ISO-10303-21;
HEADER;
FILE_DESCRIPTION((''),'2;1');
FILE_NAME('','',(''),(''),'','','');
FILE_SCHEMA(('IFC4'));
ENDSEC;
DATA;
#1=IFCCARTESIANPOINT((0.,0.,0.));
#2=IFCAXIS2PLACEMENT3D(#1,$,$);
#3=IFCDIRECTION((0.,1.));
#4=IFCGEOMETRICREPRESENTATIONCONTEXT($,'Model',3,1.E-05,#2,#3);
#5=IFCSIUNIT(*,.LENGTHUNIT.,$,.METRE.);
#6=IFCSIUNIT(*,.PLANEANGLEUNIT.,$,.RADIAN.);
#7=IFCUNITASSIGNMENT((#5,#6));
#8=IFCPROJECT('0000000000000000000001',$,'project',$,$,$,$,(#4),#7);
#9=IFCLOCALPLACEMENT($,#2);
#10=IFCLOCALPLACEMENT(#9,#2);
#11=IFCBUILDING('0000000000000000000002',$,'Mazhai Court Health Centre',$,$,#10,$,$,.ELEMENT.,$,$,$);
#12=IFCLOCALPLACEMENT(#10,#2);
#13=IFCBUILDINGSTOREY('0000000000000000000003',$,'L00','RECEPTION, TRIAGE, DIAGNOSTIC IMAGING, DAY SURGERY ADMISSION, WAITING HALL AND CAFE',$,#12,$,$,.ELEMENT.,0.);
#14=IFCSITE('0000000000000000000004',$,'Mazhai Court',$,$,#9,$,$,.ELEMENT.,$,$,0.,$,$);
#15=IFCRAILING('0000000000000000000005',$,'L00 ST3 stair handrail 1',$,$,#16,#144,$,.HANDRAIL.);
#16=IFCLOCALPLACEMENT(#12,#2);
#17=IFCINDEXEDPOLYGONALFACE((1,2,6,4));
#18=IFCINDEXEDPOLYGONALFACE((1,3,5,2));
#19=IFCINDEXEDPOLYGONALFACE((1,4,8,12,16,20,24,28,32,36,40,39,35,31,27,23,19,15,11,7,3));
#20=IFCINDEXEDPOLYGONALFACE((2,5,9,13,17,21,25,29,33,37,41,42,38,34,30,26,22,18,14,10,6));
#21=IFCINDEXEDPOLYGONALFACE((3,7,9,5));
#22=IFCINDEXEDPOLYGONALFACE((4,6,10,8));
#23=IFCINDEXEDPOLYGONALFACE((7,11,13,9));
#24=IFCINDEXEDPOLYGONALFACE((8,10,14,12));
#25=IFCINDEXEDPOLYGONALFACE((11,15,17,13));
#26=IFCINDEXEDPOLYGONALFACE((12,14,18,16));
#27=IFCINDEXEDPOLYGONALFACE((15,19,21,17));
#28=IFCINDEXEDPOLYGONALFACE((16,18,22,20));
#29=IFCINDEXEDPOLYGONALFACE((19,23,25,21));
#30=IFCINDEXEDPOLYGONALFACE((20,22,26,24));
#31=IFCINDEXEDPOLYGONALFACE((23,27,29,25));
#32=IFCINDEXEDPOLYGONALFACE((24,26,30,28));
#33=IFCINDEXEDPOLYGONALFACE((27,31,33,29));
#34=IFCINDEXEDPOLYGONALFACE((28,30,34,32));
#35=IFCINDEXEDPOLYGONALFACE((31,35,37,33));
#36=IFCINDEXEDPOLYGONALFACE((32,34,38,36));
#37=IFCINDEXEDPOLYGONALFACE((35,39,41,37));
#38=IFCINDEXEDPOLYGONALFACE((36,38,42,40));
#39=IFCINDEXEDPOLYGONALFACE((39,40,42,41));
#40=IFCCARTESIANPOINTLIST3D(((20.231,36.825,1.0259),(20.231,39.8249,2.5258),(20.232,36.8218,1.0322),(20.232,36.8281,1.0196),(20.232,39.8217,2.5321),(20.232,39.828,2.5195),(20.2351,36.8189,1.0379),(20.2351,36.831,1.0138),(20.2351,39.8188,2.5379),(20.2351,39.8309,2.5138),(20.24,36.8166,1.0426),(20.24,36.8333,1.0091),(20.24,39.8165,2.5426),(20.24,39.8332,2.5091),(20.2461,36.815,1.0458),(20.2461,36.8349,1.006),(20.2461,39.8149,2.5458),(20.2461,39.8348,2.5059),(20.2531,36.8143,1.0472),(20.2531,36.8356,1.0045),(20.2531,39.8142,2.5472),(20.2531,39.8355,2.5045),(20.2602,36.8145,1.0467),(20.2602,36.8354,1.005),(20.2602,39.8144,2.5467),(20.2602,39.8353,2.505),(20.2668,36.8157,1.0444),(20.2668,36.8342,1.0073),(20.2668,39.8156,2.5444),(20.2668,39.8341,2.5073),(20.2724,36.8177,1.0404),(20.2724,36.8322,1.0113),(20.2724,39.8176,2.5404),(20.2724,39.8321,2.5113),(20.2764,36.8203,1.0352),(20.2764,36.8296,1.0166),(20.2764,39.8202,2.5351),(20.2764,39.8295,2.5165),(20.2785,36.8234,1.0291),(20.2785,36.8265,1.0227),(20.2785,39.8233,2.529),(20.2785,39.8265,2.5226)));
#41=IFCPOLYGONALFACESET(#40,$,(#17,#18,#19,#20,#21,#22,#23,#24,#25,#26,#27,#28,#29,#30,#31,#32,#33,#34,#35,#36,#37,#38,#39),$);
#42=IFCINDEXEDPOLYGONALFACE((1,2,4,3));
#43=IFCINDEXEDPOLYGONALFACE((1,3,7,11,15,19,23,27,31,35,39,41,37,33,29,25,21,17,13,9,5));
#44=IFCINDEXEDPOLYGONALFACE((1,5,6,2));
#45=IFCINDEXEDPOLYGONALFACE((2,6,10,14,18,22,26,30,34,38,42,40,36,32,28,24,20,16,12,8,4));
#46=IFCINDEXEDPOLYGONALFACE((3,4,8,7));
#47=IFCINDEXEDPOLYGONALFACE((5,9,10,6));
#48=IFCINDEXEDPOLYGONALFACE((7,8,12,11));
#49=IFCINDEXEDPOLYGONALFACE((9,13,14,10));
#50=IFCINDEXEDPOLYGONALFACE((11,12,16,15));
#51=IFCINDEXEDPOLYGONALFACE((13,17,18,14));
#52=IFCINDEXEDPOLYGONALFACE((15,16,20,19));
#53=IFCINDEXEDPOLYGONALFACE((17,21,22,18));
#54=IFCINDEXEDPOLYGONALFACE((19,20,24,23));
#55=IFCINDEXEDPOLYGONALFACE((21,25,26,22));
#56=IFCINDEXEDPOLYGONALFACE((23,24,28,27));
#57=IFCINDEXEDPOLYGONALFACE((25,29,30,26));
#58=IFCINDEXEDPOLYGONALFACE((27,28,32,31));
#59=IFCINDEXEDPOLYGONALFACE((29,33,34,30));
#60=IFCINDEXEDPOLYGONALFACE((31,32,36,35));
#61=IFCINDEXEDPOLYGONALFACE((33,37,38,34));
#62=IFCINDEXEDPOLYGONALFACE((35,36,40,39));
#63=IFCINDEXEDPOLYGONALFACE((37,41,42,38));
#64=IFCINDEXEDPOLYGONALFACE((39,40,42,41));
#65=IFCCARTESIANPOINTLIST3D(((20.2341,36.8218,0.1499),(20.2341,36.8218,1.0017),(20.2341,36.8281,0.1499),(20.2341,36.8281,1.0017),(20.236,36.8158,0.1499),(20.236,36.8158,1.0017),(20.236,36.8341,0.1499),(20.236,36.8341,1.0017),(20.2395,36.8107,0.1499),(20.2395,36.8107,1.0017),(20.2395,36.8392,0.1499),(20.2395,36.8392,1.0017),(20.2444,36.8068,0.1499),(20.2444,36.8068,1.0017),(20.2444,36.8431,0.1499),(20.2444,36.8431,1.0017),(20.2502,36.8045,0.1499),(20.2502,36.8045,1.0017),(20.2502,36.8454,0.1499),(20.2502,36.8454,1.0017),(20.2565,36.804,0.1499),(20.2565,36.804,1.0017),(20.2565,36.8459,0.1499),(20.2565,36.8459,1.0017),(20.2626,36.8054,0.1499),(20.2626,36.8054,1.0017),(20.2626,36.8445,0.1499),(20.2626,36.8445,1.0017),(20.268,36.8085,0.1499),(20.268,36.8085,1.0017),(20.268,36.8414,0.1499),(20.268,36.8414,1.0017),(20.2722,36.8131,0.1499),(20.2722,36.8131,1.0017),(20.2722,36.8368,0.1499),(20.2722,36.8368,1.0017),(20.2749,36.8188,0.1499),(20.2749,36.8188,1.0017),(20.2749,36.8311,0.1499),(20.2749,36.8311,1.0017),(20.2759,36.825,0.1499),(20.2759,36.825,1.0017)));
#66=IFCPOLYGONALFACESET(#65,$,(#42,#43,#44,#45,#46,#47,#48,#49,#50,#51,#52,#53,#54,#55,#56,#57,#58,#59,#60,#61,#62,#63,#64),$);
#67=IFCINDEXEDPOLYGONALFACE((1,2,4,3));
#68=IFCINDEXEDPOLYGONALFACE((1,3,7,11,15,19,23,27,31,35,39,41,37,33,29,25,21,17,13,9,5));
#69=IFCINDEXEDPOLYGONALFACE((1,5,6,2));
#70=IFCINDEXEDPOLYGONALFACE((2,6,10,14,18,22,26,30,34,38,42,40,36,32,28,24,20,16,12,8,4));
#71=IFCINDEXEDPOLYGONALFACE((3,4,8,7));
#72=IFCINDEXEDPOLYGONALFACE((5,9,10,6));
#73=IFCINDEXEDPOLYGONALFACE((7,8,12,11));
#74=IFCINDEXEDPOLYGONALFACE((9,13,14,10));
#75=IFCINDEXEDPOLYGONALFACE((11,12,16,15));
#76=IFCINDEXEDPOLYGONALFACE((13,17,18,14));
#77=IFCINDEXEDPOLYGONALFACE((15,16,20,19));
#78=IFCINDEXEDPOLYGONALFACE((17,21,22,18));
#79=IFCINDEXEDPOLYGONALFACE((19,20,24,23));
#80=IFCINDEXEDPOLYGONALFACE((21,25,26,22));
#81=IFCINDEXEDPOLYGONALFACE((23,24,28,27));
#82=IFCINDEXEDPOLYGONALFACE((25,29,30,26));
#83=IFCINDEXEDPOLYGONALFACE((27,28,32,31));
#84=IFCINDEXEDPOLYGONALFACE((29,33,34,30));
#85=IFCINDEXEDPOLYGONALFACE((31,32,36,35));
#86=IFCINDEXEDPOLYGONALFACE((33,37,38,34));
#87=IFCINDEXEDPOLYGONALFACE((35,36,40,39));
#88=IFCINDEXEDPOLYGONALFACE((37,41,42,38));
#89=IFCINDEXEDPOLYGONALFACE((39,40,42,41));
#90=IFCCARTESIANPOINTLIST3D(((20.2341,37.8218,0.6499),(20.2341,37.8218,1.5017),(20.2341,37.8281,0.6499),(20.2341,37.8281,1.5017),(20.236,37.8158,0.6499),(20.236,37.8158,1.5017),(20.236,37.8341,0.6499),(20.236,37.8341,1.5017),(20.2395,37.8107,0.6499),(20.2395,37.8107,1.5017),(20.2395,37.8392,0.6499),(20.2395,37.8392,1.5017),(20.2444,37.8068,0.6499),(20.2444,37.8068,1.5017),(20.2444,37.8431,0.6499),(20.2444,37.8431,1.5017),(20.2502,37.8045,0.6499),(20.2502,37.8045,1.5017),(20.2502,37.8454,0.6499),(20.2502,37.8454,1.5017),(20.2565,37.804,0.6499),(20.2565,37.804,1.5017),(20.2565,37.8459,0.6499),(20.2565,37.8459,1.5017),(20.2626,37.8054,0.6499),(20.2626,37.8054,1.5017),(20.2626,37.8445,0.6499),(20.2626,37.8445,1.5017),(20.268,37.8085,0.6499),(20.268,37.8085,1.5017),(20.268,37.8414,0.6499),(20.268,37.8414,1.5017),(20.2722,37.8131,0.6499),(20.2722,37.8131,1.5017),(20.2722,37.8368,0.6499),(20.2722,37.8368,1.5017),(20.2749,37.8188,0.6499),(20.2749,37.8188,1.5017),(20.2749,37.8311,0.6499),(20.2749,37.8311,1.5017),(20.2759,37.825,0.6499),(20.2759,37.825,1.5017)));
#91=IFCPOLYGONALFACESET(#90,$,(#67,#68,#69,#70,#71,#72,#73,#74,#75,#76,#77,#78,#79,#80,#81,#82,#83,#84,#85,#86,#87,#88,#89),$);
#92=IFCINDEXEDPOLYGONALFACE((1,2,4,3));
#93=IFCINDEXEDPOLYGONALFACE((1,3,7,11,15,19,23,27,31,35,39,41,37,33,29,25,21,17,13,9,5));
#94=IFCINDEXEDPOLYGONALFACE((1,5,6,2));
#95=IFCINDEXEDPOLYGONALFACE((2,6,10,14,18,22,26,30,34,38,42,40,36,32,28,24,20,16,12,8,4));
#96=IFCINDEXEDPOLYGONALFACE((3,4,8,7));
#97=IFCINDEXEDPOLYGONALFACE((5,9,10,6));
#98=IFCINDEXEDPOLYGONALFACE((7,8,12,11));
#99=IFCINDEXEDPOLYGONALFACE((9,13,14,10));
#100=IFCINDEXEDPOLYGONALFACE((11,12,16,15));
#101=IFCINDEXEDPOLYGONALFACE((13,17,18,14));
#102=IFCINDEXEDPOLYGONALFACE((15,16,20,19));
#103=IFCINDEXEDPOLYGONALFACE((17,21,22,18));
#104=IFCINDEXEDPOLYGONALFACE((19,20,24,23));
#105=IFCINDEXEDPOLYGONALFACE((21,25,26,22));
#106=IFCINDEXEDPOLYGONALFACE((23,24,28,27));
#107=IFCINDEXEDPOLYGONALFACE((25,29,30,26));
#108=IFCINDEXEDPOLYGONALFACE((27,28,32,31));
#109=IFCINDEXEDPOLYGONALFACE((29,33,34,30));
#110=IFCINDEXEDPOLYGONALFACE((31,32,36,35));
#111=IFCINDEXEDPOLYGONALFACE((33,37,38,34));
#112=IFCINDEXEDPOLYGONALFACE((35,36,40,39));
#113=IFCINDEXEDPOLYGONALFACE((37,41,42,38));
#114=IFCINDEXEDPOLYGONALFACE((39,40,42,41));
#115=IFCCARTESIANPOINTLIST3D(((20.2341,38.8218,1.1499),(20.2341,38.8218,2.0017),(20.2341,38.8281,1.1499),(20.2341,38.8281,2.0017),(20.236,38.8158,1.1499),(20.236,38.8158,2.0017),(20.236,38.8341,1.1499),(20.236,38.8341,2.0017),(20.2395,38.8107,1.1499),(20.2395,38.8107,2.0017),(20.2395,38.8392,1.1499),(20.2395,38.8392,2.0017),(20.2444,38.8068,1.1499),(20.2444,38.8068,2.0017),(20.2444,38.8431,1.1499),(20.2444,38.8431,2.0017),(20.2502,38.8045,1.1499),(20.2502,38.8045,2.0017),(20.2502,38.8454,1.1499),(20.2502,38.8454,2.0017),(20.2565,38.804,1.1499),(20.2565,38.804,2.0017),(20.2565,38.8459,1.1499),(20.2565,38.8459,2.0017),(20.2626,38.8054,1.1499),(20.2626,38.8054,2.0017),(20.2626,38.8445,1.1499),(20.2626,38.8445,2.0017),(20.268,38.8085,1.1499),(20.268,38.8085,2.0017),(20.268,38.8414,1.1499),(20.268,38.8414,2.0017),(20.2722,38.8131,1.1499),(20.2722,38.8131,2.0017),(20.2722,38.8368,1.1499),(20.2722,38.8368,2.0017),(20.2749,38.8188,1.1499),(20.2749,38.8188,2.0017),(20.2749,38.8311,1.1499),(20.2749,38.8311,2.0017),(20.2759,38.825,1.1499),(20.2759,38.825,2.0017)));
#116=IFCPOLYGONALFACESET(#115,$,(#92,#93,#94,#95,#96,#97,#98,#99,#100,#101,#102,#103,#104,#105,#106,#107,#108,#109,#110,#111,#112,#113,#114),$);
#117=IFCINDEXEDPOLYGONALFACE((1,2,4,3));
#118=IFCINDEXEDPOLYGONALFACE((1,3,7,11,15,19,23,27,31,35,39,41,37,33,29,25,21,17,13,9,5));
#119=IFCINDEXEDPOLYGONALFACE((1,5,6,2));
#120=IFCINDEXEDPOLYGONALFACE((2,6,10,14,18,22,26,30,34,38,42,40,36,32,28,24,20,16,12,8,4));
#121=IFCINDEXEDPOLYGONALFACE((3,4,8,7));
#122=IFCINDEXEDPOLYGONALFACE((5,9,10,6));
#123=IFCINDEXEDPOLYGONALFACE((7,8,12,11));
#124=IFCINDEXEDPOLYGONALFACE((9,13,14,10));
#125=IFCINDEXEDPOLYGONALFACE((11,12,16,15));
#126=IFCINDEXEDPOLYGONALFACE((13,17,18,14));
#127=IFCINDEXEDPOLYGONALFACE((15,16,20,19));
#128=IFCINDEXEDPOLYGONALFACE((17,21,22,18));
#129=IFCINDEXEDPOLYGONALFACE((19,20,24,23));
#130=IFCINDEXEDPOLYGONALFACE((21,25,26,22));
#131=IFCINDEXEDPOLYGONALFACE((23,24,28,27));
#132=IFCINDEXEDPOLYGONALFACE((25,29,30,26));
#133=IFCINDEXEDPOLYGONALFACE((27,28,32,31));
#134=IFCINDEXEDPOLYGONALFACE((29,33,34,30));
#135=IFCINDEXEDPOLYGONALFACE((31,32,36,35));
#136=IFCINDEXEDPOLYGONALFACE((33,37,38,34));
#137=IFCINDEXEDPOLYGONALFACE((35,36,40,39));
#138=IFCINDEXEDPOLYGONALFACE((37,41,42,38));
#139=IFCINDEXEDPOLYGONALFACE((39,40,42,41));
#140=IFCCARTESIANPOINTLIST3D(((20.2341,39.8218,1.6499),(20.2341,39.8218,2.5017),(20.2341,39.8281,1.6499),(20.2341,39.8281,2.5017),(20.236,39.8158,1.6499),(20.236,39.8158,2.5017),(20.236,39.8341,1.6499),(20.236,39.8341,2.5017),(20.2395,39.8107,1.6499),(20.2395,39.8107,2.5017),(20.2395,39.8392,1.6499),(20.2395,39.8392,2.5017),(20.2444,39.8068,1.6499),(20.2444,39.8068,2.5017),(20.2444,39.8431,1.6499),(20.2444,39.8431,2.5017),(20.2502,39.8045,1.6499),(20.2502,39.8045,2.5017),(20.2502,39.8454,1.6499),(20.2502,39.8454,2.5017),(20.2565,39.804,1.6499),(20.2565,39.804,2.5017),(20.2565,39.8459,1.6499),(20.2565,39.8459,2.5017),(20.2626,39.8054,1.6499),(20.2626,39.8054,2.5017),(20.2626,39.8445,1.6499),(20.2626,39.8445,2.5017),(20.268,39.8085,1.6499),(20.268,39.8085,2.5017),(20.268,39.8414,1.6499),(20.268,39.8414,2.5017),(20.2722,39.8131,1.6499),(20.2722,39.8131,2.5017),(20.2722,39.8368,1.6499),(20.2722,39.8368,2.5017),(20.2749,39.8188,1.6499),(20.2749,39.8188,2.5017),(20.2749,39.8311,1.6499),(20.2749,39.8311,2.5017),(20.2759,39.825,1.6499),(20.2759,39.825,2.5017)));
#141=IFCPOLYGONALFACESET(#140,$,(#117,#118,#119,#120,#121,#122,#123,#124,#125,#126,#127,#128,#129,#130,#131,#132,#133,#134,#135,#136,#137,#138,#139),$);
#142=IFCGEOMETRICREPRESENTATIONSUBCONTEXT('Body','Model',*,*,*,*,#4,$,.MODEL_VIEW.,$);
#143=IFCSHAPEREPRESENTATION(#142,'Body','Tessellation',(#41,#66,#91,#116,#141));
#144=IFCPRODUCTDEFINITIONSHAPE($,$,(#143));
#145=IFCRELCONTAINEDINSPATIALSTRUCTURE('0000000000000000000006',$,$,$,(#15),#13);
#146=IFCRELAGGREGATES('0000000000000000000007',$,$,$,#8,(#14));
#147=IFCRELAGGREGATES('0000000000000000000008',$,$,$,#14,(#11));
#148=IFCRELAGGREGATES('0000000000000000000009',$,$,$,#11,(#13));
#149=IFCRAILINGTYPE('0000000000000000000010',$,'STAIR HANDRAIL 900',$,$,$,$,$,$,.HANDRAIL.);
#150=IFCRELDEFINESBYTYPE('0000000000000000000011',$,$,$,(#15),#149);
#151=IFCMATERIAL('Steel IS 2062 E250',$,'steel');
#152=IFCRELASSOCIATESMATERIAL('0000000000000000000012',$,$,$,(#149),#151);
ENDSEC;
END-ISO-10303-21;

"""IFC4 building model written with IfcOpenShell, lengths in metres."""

from ifc_helpers import new_model, si_unit, direction, frame, origin, origin_2d, place, context, subcontext, project, spatial, circle, extrude, material, type_object, element, save


model = new_model("IFC4")

# Units and contexts
model_context = context("Model", 3, precision=1e-05, world=origin(), true_north=direction((0.0, 1.0)))
body_context = subcontext(model_context, "Body", "Model", "MODEL_VIEW")
ifc_project = project(units=[si_unit("LENGTHUNIT", "METRE"), si_unit("PLANEANGLEUNIT", "RADIAN")], contexts=[model_context])

# Site, building, storey
site_placement = place(None, origin())
site = spatial("IfcSite", under=ifc_project, at=site_placement, Name="Mazhai Court", CompositionType="ELEMENT", RefElevation=0.0)
building_placement = place(site_placement, origin())
building = spatial("IfcBuilding", under=site, at=building_placement, Name="Mazhai Court Health Centre", CompositionType="ELEMENT")
storey_placement = place(building_placement, origin())
storey = spatial("IfcBuildingStorey", under=building, at=storey_placement, Name="L00", Description="RECEPTION, TRIAGE, DIAGNOSTIC IMAGING, DAY SURGERY ADMISSION, WAITING HALL AND CAFE", CompositionType="ELEMENT", Elevation=0.0)

# Railing
ifc_material_1 = material(Name="Steel IS 2062 E250", Category="steel")
railing_type_1 = type_object("IfcRailingType", Name="STAIR HANDRAIL 900", PredefinedType="HANDRAIL", material=ifc_material_1)
railing_1_placement = place(storey_placement, frame((20.2549, 36.825, 0.1499)))
element("IfcRailing", 1, at=railing_1_placement, inside=storey, type_object=railing_type_1, Name="L00 ST3 stair handrail 1", PredefinedType="HANDRAIL", context=body_context, shape_type="SweptSolid", body=[
    extrude(circle(Radius=0.0239, at=origin_2d()), frame((0.0, 0.0, 0.876), z_axis=(0.0, 0.894427, 0.447214), x_axis=(-1.0, 0.0, 0.0)), (0.0, 0.0, 1.0), 3.354),
    extrude(circle(Radius=0.021, at=origin_2d()), origin(), (0.0, 0.0, 1.0), 0.8518),
    extrude(circle(Radius=0.021, at=origin_2d()), frame((0.0, 1.0, 0.5)), (0.0, 0.0, 1.0), 0.8518),
    extrude(circle(Radius=0.021, at=origin_2d()), frame((0.0, 2.0, 1.0)), (0.0, 0.0, 1.0), 0.8518),
    extrude(circle(Radius=0.021, at=origin_2d()), frame((0.0, 3.0, 1.5)), (0.0, 0.0, 1.0), 0.8518),
])

save(model, "model.ifc")
